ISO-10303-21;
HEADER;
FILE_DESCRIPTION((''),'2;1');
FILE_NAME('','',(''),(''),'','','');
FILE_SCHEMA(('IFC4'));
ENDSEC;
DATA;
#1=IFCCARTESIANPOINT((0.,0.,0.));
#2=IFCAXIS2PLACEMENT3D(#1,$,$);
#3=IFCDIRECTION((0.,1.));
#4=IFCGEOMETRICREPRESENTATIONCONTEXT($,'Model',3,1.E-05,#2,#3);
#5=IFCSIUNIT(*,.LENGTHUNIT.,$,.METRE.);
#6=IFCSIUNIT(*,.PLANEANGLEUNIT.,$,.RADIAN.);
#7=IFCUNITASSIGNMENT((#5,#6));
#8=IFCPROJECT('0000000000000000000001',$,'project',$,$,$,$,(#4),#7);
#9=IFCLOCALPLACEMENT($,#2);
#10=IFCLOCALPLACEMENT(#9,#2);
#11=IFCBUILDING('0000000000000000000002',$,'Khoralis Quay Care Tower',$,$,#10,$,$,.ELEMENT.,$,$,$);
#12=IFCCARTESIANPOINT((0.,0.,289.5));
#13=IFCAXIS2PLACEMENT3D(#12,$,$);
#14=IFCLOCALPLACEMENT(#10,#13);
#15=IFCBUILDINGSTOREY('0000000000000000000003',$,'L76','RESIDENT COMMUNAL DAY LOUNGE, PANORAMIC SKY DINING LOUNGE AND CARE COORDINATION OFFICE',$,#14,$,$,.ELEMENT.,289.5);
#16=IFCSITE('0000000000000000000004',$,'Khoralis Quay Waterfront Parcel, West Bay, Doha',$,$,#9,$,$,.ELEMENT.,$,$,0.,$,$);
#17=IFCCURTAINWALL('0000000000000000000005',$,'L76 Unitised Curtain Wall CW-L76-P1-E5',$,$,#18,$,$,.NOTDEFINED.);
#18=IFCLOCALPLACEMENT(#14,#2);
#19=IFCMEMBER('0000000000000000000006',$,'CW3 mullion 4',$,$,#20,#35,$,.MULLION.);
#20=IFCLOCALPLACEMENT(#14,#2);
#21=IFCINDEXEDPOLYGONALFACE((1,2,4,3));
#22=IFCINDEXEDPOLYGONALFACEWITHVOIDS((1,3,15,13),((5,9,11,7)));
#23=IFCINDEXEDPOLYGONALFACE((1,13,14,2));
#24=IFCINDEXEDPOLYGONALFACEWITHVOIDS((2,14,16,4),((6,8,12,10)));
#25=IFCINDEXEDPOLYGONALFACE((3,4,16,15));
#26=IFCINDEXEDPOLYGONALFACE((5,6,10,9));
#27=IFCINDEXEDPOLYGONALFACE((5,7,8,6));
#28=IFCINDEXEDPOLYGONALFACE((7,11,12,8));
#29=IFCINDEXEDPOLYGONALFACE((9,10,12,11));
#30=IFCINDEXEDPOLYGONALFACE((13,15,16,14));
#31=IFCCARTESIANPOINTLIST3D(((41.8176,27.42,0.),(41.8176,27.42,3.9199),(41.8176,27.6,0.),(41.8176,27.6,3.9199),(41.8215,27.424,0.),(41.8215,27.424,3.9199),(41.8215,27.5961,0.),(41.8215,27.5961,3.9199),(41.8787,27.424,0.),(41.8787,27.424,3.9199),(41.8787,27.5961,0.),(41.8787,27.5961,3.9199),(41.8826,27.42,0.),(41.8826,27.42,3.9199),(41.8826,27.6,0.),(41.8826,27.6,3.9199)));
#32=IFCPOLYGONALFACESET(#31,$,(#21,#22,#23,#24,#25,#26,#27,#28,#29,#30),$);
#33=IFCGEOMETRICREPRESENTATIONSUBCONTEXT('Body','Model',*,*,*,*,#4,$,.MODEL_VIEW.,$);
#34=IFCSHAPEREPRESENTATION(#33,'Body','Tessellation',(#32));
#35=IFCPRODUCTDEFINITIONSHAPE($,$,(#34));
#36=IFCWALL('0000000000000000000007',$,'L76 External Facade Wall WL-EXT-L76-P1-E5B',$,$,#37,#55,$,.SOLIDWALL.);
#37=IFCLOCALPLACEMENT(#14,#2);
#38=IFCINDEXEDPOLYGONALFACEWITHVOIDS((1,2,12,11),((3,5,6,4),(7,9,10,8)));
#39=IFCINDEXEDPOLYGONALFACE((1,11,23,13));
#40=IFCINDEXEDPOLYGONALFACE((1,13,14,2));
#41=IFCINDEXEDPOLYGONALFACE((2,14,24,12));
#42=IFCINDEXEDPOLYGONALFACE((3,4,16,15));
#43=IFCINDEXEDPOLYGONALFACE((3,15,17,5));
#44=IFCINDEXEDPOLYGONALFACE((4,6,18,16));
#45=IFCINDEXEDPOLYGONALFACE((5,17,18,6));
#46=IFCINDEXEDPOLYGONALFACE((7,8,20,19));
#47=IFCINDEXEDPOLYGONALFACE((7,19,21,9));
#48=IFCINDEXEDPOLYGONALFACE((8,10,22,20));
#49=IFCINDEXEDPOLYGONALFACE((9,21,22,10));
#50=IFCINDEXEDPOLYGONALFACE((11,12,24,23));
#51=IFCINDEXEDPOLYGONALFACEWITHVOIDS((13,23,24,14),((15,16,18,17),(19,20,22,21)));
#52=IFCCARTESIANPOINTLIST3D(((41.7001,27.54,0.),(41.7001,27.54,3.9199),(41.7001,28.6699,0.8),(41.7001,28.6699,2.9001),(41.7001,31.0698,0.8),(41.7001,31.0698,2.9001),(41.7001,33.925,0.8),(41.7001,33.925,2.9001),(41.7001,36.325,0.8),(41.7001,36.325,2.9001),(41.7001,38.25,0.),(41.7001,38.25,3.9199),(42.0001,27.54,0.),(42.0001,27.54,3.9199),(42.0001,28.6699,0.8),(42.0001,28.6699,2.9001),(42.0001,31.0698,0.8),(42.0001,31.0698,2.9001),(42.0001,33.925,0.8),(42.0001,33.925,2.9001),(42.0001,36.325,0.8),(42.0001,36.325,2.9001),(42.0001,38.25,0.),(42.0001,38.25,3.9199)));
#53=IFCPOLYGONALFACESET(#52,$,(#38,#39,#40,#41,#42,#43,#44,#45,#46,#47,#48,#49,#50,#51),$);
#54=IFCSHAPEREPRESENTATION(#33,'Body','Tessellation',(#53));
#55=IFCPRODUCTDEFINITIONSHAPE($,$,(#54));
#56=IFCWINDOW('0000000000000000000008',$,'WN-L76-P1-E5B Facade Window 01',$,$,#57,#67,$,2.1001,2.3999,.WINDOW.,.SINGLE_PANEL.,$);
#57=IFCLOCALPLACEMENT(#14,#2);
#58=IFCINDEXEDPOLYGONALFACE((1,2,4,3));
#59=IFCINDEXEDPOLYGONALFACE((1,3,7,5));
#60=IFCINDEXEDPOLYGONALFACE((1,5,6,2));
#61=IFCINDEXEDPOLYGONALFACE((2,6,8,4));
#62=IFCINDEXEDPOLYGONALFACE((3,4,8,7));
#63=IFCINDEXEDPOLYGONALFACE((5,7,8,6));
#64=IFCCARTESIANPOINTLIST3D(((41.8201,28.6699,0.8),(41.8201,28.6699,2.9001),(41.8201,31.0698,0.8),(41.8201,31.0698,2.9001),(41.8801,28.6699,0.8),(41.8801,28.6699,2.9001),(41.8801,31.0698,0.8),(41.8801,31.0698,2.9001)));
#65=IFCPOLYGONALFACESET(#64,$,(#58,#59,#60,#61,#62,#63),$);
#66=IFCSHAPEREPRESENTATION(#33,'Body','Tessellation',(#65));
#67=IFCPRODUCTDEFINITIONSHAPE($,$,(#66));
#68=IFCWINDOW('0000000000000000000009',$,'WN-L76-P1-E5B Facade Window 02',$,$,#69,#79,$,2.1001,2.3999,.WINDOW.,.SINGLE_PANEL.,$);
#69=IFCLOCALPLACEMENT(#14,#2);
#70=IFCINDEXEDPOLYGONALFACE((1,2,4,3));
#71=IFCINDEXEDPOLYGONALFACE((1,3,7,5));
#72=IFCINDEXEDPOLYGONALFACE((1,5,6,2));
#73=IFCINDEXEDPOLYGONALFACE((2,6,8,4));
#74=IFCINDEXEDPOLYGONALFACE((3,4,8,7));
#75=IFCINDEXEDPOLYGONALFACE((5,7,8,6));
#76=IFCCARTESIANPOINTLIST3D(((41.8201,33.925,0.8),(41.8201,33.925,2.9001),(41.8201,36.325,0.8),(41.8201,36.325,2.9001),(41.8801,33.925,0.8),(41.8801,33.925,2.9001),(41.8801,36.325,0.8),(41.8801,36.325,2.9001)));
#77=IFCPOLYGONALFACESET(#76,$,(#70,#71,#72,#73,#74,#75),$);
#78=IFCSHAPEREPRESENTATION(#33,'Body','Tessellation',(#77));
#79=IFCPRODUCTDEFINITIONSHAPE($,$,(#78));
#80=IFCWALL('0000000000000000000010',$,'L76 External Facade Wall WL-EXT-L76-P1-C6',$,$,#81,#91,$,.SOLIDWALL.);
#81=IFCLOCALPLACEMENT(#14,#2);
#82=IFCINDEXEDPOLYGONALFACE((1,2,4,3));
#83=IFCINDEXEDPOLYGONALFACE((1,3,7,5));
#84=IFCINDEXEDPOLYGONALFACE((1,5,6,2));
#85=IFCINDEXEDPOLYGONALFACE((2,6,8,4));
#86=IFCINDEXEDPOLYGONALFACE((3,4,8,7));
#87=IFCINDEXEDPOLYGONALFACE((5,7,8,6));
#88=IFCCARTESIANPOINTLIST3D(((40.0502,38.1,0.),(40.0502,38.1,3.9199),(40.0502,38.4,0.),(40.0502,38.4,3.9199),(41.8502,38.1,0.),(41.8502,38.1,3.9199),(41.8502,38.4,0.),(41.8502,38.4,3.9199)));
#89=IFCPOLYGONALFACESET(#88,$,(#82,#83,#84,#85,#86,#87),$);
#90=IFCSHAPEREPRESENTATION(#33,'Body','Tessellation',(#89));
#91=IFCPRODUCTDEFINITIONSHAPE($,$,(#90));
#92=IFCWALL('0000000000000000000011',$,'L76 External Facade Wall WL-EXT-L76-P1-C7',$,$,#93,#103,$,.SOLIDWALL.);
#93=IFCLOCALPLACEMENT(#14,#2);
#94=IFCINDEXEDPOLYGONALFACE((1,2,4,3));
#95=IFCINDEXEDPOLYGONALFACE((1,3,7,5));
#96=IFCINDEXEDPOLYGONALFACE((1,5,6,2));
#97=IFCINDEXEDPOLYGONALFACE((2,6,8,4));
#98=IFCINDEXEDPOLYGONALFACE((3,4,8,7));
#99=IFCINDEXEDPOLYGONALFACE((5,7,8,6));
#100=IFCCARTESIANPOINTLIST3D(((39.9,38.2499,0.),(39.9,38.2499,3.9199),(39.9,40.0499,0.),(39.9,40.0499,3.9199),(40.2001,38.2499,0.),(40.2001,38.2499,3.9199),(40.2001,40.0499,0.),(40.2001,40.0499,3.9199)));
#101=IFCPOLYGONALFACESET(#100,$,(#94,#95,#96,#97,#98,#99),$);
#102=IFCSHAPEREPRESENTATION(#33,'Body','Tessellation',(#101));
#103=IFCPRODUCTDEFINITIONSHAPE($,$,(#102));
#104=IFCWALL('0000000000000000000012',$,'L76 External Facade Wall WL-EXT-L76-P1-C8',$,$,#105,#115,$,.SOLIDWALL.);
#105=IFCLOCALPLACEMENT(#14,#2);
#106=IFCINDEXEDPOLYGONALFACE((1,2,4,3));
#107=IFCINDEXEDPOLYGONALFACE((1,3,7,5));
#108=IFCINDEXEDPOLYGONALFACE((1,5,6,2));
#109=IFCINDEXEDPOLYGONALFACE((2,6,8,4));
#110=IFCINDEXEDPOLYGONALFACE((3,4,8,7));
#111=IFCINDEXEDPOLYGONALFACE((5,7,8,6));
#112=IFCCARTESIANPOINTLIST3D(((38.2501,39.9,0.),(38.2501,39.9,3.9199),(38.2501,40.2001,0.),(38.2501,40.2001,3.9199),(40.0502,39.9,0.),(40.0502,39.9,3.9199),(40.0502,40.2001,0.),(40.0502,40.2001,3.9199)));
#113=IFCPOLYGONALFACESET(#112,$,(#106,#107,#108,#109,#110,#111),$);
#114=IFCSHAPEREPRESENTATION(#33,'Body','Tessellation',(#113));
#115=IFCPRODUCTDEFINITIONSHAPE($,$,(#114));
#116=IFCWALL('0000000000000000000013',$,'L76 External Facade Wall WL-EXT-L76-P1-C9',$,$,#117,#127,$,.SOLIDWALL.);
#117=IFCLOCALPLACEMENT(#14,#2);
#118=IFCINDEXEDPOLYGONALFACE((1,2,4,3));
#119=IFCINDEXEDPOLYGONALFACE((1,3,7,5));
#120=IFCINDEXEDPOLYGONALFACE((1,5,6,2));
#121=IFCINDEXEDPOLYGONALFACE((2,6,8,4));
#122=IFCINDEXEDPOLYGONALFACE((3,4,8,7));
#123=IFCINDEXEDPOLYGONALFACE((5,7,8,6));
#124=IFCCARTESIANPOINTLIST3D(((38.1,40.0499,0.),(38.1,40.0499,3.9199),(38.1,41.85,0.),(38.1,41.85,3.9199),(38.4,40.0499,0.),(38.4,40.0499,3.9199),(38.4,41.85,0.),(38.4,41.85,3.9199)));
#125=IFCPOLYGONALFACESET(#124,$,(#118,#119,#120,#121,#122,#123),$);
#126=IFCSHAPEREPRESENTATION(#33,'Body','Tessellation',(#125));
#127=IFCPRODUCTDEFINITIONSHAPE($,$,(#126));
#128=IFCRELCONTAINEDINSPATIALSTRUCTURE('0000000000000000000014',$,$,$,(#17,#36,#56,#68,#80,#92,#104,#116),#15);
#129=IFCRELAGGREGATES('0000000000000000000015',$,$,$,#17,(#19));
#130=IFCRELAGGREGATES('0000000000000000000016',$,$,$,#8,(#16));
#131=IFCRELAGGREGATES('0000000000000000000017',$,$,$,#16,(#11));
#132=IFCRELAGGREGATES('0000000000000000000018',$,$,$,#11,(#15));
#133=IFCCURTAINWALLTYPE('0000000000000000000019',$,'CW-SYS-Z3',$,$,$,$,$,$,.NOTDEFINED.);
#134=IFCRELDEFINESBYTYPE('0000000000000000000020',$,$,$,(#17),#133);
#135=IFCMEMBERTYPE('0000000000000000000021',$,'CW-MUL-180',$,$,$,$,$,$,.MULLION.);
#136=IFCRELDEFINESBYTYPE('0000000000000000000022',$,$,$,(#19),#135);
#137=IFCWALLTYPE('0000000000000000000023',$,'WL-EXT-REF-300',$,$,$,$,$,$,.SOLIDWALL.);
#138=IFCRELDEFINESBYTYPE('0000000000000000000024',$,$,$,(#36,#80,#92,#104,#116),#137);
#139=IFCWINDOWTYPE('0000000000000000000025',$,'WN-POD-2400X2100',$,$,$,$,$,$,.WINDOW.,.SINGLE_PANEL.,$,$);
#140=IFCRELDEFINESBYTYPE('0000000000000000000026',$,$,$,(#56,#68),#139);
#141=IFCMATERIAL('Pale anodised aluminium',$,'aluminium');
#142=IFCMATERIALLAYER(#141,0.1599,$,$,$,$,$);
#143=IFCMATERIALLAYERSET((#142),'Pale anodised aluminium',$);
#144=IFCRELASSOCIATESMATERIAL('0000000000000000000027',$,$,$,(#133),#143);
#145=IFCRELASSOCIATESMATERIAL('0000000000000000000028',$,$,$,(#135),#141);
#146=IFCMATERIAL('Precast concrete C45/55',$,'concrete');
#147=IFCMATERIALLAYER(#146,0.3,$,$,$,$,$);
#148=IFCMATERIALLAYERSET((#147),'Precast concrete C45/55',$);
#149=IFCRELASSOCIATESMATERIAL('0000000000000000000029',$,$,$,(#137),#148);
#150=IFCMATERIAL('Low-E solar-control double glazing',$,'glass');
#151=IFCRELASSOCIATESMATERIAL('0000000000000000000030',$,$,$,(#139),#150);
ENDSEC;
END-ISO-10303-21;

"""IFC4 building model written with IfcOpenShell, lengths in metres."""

from ifc_helpers import new_model, si_unit, direction, frame, frame_2d, origin, origin_2d, place, context, subcontext, project, spatial, rectangle, hollow_rectangle, extrude, source, transform, mapped, material, layer, layer_set, material_profile, profile_set, type_object, element, fill, aggregate, save


model = new_model("IFC4")

# Units and contexts
model_context = context("Model", 3, precision=1e-05, world=origin(), true_north=direction((0.0, 1.0)))
body_context = subcontext(model_context, "Body", "Model", "MODEL_VIEW")
ifc_project = project(units=[si_unit("LENGTHUNIT", "METRE"), si_unit("PLANEANGLEUNIT", "RADIAN")], contexts=[model_context])

# Site, building, storey
site_placement = place(None, origin())
site = spatial("IfcSite", under=ifc_project, at=site_placement, Name="Khoralis Quay Waterfront Parcel, West Bay, Doha", CompositionType="ELEMENT", RefElevation=0.0)
building_placement = place(site_placement, origin())
building = spatial("IfcBuilding", under=site, at=building_placement, Name="Khoralis Quay Care Tower", CompositionType="ELEMENT")
storey_placement = place(building_placement, frame((0.0, 0.0, 289.5)))
storey = spatial("IfcBuildingStorey", under=building, at=storey_placement, Name="L76", Description="RESIDENT COMMUNAL DAY LOUNGE, PANORAMIC SKY DINING LOUNGE AND CARE COORDINATION OFFICE", CompositionType="ELEMENT", Elevation=289.5)

# Curtain wall, member
ifc_material_1 = material(Name="Pale anodised aluminium", Category="aluminium")
ifc_layer_1 = layer(ifc_material_1, 0.1599)
ifc_layer_set_1 = layer_set([ifc_layer_1], Name="Pale anodised aluminium")
curtain_wall_type = type_object("IfcCurtainWallType", Name="CW-SYS-Z3", PredefinedType="NOTDEFINED", material=ifc_layer_set_1)
curtain_wall_placement = place(storey_placement, origin())
curtain_wall = element("IfcCurtainWall", 1, at=curtain_wall_placement, inside=storey, type_object=curtain_wall_type, Name="L76 Unitised Curtain Wall CW-L76-P1-E5", PredefinedType="NOTDEFINED")
ifc_material_profile_1 = material_profile(ifc_material_1, hollow_rectangle(XDim=0.0649, YDim=0.1799, WallThickness=0.0039, at=origin_2d()), Name="Pale anodised aluminium")
ifc_profile_set_1 = profile_set([ifc_material_profile_1], Name="Pale anodised aluminium")
member_type = type_object("IfcMemberType", Name="CW-MUL-180", PredefinedType="MULLION", material=ifc_profile_set_1)
shared_shape_1 = source(origin(), body_context, "Body", "SweptSolid", [
    extrude(hollow_rectangle(XDim=0.0649, YDim=0.1799, WallThickness=0.0039, at=origin_2d()), origin(), (0.0, 0.0, 1.0), 3.9199),
])
member_placement = place(storey_placement, frame((41.8501, 27.51, 0.0), z_axis=(0.0, 0.0, 1.0), x_axis=(-1.0, 0.0, 0.0)))
member = element("IfcMember", 2, at=member_placement, type_object=member_type, Name="CW3 mullion 4", PredefinedType="MULLION", context=body_context, shape_type="MappedRepresentation", body=[
    mapped(shared_shape_1, transform((0.0, 0.0, 0.0), scale=1.0)),
])
aggregate(curtain_wall, [member])

# Wall, openings, windows
ifc_material_2 = material(Name="Precast concrete C45/55", Category="concrete")
ifc_layer_2 = layer(ifc_material_2, 0.3)
ifc_layer_set_2 = layer_set([ifc_layer_2], Name="Precast concrete C45/55")
wall_type_1 = type_object("IfcWallType", Name="WL-EXT-REF-300", PredefinedType="SOLIDWALL", material=ifc_layer_set_2)
wall_1_placement = place(storey_placement, frame((41.8501, 27.54, 0.0), z_axis=(0.0, 0.0, 1.0), x_axis=(0.0, 1.0, 0.0)))
wall_1 = element("IfcWall", 3, at=wall_1_placement, inside=storey, type_object=wall_type_1, Name="L76 External Facade Wall WL-EXT-L76-P1-E5B", PredefinedType="SOLIDWALL", context=body_context, shape_type="SweptSolid", body=[
    extrude(rectangle(XDim=10.71, YDim=0.3, at=frame_2d((5.355, 0.0))), origin(), (0.0, 0.0, 1.0), 3.9199),
])
opening_1_placement = place(wall_1_placement, frame((1.1299, 0.0, 0.8)))
opening_1 = element("IfcOpeningElement", 4, at=opening_1_placement, cuts=wall_1, PredefinedType="OPENING", context=body_context, shape_type="SweptSolid", body=[
    extrude(rectangle(XDim=2.3999, YDim=2.1001, at=frame_2d((1.2, 1.05))), frame((0.0, 0.1602, 0.0), z_axis=(0.0, -1.0, 0.0), x_axis=(1.0, 0.0, 0.0)), (0.0, 0.0, 1.0), 0.3201),
])
opening_2_placement = place(wall_1_placement, frame((6.385, 0.0, 0.8)))
opening_2 = element("IfcOpeningElement", 5, at=opening_2_placement, cuts=wall_1, PredefinedType="OPENING", context=body_context, shape_type="SweptSolid", body=[
    extrude(rectangle(XDim=2.3999, YDim=2.1001, at=frame_2d((1.2, 1.05))), frame((0.0, 0.1602, 0.0), z_axis=(0.0, -1.0, 0.0), x_axis=(1.0, 0.0, 0.0)), (0.0, 0.0, 1.0), 0.3201),
])
ifc_material_3 = material(Name="Low-E solar-control double glazing", Category="glass")
window_type_1 = type_object("IfcWindowType", Name="WN-POD-2400X2100", PartitioningType="SINGLE_PANEL", PredefinedType="WINDOW", material=ifc_material_3)
shared_shape_2 = source(origin(), body_context, "Body", "SweptSolid", [
    extrude(rectangle(XDim=2.3999, YDim=2.1001, at=frame_2d((1.2, 1.05))), frame((0.0, 0.03, 0.0), z_axis=(0.0, -1.0, 0.0), x_axis=(1.0, 0.0, 0.0)), (0.0, 0.0, 1.0), 0.0601),
])
window_1_placement = place(opening_1_placement, origin())
window_1 = element("IfcWindow", 6, at=window_1_placement, inside=storey, type_object=window_type_1, Name="WN-L76-P1-E5B Facade Window 01", OverallHeight=2.1001, OverallWidth=2.3999, PartitioningType="SINGLE_PANEL", PredefinedType="WINDOW", context=body_context, shape_type="MappedRepresentation", body=[
    mapped(shared_shape_2, transform((0.0, 0.0, 0.0), scale=1.0)),
])
fill(opening_1, window_1)
window_2_placement = place(opening_2_placement, origin())
window_2 = element("IfcWindow", 7, at=window_2_placement, inside=storey, type_object=window_type_1, Name="WN-L76-P1-E5B Facade Window 02", OverallHeight=2.1001, OverallWidth=2.3999, PartitioningType="SINGLE_PANEL", PredefinedType="WINDOW", context=body_context, shape_type="MappedRepresentation", body=[
    mapped(shared_shape_2, transform((0.0, 0.0, 0.0), scale=1.0)),
])
fill(opening_2, window_2)

# Walls
for number, where, z_axis, x_axis, name in (
    (8, (41.8501, 38.25, 0.0), (0.0, 0.0, 1.0), (-1.0, 0.0, 0.0), "L76 External Facade Wall WL-EXT-L76-P1-C6"),
    (9, (40.05, 38.25, 0.0), (0.0, 0.0, 1.0), (0.0, 1.0, 0.0), "L76 External Facade Wall WL-EXT-L76-P1-C7"),
    (10, (40.05, 40.05, 0.0), (0.0, 0.0, 1.0), (-1.0, 0.0, 0.0), "L76 External Facade Wall WL-EXT-L76-P1-C8"),
    (11, (38.25, 40.05, 0.0), (0.0, 0.0, 1.0), (0.0, 1.0, 0.0), "L76 External Facade Wall WL-EXT-L76-P1-C9"),
):
    element("IfcWall", number, at=place(storey_placement, frame(where, z_axis=z_axis, x_axis=x_axis)), inside=storey, type_object=wall_type_1, Name=name, PredefinedType="SOLIDWALL", context=body_context, shape_type="SweptSolid", body=[
        extrude(rectangle(XDim=1.8, YDim=0.3, at=frame_2d((0.8999, 0.0))), origin(), (0.0, 0.0, 1.0), 3.9199),
    ])

save(model, "model.ifc")
